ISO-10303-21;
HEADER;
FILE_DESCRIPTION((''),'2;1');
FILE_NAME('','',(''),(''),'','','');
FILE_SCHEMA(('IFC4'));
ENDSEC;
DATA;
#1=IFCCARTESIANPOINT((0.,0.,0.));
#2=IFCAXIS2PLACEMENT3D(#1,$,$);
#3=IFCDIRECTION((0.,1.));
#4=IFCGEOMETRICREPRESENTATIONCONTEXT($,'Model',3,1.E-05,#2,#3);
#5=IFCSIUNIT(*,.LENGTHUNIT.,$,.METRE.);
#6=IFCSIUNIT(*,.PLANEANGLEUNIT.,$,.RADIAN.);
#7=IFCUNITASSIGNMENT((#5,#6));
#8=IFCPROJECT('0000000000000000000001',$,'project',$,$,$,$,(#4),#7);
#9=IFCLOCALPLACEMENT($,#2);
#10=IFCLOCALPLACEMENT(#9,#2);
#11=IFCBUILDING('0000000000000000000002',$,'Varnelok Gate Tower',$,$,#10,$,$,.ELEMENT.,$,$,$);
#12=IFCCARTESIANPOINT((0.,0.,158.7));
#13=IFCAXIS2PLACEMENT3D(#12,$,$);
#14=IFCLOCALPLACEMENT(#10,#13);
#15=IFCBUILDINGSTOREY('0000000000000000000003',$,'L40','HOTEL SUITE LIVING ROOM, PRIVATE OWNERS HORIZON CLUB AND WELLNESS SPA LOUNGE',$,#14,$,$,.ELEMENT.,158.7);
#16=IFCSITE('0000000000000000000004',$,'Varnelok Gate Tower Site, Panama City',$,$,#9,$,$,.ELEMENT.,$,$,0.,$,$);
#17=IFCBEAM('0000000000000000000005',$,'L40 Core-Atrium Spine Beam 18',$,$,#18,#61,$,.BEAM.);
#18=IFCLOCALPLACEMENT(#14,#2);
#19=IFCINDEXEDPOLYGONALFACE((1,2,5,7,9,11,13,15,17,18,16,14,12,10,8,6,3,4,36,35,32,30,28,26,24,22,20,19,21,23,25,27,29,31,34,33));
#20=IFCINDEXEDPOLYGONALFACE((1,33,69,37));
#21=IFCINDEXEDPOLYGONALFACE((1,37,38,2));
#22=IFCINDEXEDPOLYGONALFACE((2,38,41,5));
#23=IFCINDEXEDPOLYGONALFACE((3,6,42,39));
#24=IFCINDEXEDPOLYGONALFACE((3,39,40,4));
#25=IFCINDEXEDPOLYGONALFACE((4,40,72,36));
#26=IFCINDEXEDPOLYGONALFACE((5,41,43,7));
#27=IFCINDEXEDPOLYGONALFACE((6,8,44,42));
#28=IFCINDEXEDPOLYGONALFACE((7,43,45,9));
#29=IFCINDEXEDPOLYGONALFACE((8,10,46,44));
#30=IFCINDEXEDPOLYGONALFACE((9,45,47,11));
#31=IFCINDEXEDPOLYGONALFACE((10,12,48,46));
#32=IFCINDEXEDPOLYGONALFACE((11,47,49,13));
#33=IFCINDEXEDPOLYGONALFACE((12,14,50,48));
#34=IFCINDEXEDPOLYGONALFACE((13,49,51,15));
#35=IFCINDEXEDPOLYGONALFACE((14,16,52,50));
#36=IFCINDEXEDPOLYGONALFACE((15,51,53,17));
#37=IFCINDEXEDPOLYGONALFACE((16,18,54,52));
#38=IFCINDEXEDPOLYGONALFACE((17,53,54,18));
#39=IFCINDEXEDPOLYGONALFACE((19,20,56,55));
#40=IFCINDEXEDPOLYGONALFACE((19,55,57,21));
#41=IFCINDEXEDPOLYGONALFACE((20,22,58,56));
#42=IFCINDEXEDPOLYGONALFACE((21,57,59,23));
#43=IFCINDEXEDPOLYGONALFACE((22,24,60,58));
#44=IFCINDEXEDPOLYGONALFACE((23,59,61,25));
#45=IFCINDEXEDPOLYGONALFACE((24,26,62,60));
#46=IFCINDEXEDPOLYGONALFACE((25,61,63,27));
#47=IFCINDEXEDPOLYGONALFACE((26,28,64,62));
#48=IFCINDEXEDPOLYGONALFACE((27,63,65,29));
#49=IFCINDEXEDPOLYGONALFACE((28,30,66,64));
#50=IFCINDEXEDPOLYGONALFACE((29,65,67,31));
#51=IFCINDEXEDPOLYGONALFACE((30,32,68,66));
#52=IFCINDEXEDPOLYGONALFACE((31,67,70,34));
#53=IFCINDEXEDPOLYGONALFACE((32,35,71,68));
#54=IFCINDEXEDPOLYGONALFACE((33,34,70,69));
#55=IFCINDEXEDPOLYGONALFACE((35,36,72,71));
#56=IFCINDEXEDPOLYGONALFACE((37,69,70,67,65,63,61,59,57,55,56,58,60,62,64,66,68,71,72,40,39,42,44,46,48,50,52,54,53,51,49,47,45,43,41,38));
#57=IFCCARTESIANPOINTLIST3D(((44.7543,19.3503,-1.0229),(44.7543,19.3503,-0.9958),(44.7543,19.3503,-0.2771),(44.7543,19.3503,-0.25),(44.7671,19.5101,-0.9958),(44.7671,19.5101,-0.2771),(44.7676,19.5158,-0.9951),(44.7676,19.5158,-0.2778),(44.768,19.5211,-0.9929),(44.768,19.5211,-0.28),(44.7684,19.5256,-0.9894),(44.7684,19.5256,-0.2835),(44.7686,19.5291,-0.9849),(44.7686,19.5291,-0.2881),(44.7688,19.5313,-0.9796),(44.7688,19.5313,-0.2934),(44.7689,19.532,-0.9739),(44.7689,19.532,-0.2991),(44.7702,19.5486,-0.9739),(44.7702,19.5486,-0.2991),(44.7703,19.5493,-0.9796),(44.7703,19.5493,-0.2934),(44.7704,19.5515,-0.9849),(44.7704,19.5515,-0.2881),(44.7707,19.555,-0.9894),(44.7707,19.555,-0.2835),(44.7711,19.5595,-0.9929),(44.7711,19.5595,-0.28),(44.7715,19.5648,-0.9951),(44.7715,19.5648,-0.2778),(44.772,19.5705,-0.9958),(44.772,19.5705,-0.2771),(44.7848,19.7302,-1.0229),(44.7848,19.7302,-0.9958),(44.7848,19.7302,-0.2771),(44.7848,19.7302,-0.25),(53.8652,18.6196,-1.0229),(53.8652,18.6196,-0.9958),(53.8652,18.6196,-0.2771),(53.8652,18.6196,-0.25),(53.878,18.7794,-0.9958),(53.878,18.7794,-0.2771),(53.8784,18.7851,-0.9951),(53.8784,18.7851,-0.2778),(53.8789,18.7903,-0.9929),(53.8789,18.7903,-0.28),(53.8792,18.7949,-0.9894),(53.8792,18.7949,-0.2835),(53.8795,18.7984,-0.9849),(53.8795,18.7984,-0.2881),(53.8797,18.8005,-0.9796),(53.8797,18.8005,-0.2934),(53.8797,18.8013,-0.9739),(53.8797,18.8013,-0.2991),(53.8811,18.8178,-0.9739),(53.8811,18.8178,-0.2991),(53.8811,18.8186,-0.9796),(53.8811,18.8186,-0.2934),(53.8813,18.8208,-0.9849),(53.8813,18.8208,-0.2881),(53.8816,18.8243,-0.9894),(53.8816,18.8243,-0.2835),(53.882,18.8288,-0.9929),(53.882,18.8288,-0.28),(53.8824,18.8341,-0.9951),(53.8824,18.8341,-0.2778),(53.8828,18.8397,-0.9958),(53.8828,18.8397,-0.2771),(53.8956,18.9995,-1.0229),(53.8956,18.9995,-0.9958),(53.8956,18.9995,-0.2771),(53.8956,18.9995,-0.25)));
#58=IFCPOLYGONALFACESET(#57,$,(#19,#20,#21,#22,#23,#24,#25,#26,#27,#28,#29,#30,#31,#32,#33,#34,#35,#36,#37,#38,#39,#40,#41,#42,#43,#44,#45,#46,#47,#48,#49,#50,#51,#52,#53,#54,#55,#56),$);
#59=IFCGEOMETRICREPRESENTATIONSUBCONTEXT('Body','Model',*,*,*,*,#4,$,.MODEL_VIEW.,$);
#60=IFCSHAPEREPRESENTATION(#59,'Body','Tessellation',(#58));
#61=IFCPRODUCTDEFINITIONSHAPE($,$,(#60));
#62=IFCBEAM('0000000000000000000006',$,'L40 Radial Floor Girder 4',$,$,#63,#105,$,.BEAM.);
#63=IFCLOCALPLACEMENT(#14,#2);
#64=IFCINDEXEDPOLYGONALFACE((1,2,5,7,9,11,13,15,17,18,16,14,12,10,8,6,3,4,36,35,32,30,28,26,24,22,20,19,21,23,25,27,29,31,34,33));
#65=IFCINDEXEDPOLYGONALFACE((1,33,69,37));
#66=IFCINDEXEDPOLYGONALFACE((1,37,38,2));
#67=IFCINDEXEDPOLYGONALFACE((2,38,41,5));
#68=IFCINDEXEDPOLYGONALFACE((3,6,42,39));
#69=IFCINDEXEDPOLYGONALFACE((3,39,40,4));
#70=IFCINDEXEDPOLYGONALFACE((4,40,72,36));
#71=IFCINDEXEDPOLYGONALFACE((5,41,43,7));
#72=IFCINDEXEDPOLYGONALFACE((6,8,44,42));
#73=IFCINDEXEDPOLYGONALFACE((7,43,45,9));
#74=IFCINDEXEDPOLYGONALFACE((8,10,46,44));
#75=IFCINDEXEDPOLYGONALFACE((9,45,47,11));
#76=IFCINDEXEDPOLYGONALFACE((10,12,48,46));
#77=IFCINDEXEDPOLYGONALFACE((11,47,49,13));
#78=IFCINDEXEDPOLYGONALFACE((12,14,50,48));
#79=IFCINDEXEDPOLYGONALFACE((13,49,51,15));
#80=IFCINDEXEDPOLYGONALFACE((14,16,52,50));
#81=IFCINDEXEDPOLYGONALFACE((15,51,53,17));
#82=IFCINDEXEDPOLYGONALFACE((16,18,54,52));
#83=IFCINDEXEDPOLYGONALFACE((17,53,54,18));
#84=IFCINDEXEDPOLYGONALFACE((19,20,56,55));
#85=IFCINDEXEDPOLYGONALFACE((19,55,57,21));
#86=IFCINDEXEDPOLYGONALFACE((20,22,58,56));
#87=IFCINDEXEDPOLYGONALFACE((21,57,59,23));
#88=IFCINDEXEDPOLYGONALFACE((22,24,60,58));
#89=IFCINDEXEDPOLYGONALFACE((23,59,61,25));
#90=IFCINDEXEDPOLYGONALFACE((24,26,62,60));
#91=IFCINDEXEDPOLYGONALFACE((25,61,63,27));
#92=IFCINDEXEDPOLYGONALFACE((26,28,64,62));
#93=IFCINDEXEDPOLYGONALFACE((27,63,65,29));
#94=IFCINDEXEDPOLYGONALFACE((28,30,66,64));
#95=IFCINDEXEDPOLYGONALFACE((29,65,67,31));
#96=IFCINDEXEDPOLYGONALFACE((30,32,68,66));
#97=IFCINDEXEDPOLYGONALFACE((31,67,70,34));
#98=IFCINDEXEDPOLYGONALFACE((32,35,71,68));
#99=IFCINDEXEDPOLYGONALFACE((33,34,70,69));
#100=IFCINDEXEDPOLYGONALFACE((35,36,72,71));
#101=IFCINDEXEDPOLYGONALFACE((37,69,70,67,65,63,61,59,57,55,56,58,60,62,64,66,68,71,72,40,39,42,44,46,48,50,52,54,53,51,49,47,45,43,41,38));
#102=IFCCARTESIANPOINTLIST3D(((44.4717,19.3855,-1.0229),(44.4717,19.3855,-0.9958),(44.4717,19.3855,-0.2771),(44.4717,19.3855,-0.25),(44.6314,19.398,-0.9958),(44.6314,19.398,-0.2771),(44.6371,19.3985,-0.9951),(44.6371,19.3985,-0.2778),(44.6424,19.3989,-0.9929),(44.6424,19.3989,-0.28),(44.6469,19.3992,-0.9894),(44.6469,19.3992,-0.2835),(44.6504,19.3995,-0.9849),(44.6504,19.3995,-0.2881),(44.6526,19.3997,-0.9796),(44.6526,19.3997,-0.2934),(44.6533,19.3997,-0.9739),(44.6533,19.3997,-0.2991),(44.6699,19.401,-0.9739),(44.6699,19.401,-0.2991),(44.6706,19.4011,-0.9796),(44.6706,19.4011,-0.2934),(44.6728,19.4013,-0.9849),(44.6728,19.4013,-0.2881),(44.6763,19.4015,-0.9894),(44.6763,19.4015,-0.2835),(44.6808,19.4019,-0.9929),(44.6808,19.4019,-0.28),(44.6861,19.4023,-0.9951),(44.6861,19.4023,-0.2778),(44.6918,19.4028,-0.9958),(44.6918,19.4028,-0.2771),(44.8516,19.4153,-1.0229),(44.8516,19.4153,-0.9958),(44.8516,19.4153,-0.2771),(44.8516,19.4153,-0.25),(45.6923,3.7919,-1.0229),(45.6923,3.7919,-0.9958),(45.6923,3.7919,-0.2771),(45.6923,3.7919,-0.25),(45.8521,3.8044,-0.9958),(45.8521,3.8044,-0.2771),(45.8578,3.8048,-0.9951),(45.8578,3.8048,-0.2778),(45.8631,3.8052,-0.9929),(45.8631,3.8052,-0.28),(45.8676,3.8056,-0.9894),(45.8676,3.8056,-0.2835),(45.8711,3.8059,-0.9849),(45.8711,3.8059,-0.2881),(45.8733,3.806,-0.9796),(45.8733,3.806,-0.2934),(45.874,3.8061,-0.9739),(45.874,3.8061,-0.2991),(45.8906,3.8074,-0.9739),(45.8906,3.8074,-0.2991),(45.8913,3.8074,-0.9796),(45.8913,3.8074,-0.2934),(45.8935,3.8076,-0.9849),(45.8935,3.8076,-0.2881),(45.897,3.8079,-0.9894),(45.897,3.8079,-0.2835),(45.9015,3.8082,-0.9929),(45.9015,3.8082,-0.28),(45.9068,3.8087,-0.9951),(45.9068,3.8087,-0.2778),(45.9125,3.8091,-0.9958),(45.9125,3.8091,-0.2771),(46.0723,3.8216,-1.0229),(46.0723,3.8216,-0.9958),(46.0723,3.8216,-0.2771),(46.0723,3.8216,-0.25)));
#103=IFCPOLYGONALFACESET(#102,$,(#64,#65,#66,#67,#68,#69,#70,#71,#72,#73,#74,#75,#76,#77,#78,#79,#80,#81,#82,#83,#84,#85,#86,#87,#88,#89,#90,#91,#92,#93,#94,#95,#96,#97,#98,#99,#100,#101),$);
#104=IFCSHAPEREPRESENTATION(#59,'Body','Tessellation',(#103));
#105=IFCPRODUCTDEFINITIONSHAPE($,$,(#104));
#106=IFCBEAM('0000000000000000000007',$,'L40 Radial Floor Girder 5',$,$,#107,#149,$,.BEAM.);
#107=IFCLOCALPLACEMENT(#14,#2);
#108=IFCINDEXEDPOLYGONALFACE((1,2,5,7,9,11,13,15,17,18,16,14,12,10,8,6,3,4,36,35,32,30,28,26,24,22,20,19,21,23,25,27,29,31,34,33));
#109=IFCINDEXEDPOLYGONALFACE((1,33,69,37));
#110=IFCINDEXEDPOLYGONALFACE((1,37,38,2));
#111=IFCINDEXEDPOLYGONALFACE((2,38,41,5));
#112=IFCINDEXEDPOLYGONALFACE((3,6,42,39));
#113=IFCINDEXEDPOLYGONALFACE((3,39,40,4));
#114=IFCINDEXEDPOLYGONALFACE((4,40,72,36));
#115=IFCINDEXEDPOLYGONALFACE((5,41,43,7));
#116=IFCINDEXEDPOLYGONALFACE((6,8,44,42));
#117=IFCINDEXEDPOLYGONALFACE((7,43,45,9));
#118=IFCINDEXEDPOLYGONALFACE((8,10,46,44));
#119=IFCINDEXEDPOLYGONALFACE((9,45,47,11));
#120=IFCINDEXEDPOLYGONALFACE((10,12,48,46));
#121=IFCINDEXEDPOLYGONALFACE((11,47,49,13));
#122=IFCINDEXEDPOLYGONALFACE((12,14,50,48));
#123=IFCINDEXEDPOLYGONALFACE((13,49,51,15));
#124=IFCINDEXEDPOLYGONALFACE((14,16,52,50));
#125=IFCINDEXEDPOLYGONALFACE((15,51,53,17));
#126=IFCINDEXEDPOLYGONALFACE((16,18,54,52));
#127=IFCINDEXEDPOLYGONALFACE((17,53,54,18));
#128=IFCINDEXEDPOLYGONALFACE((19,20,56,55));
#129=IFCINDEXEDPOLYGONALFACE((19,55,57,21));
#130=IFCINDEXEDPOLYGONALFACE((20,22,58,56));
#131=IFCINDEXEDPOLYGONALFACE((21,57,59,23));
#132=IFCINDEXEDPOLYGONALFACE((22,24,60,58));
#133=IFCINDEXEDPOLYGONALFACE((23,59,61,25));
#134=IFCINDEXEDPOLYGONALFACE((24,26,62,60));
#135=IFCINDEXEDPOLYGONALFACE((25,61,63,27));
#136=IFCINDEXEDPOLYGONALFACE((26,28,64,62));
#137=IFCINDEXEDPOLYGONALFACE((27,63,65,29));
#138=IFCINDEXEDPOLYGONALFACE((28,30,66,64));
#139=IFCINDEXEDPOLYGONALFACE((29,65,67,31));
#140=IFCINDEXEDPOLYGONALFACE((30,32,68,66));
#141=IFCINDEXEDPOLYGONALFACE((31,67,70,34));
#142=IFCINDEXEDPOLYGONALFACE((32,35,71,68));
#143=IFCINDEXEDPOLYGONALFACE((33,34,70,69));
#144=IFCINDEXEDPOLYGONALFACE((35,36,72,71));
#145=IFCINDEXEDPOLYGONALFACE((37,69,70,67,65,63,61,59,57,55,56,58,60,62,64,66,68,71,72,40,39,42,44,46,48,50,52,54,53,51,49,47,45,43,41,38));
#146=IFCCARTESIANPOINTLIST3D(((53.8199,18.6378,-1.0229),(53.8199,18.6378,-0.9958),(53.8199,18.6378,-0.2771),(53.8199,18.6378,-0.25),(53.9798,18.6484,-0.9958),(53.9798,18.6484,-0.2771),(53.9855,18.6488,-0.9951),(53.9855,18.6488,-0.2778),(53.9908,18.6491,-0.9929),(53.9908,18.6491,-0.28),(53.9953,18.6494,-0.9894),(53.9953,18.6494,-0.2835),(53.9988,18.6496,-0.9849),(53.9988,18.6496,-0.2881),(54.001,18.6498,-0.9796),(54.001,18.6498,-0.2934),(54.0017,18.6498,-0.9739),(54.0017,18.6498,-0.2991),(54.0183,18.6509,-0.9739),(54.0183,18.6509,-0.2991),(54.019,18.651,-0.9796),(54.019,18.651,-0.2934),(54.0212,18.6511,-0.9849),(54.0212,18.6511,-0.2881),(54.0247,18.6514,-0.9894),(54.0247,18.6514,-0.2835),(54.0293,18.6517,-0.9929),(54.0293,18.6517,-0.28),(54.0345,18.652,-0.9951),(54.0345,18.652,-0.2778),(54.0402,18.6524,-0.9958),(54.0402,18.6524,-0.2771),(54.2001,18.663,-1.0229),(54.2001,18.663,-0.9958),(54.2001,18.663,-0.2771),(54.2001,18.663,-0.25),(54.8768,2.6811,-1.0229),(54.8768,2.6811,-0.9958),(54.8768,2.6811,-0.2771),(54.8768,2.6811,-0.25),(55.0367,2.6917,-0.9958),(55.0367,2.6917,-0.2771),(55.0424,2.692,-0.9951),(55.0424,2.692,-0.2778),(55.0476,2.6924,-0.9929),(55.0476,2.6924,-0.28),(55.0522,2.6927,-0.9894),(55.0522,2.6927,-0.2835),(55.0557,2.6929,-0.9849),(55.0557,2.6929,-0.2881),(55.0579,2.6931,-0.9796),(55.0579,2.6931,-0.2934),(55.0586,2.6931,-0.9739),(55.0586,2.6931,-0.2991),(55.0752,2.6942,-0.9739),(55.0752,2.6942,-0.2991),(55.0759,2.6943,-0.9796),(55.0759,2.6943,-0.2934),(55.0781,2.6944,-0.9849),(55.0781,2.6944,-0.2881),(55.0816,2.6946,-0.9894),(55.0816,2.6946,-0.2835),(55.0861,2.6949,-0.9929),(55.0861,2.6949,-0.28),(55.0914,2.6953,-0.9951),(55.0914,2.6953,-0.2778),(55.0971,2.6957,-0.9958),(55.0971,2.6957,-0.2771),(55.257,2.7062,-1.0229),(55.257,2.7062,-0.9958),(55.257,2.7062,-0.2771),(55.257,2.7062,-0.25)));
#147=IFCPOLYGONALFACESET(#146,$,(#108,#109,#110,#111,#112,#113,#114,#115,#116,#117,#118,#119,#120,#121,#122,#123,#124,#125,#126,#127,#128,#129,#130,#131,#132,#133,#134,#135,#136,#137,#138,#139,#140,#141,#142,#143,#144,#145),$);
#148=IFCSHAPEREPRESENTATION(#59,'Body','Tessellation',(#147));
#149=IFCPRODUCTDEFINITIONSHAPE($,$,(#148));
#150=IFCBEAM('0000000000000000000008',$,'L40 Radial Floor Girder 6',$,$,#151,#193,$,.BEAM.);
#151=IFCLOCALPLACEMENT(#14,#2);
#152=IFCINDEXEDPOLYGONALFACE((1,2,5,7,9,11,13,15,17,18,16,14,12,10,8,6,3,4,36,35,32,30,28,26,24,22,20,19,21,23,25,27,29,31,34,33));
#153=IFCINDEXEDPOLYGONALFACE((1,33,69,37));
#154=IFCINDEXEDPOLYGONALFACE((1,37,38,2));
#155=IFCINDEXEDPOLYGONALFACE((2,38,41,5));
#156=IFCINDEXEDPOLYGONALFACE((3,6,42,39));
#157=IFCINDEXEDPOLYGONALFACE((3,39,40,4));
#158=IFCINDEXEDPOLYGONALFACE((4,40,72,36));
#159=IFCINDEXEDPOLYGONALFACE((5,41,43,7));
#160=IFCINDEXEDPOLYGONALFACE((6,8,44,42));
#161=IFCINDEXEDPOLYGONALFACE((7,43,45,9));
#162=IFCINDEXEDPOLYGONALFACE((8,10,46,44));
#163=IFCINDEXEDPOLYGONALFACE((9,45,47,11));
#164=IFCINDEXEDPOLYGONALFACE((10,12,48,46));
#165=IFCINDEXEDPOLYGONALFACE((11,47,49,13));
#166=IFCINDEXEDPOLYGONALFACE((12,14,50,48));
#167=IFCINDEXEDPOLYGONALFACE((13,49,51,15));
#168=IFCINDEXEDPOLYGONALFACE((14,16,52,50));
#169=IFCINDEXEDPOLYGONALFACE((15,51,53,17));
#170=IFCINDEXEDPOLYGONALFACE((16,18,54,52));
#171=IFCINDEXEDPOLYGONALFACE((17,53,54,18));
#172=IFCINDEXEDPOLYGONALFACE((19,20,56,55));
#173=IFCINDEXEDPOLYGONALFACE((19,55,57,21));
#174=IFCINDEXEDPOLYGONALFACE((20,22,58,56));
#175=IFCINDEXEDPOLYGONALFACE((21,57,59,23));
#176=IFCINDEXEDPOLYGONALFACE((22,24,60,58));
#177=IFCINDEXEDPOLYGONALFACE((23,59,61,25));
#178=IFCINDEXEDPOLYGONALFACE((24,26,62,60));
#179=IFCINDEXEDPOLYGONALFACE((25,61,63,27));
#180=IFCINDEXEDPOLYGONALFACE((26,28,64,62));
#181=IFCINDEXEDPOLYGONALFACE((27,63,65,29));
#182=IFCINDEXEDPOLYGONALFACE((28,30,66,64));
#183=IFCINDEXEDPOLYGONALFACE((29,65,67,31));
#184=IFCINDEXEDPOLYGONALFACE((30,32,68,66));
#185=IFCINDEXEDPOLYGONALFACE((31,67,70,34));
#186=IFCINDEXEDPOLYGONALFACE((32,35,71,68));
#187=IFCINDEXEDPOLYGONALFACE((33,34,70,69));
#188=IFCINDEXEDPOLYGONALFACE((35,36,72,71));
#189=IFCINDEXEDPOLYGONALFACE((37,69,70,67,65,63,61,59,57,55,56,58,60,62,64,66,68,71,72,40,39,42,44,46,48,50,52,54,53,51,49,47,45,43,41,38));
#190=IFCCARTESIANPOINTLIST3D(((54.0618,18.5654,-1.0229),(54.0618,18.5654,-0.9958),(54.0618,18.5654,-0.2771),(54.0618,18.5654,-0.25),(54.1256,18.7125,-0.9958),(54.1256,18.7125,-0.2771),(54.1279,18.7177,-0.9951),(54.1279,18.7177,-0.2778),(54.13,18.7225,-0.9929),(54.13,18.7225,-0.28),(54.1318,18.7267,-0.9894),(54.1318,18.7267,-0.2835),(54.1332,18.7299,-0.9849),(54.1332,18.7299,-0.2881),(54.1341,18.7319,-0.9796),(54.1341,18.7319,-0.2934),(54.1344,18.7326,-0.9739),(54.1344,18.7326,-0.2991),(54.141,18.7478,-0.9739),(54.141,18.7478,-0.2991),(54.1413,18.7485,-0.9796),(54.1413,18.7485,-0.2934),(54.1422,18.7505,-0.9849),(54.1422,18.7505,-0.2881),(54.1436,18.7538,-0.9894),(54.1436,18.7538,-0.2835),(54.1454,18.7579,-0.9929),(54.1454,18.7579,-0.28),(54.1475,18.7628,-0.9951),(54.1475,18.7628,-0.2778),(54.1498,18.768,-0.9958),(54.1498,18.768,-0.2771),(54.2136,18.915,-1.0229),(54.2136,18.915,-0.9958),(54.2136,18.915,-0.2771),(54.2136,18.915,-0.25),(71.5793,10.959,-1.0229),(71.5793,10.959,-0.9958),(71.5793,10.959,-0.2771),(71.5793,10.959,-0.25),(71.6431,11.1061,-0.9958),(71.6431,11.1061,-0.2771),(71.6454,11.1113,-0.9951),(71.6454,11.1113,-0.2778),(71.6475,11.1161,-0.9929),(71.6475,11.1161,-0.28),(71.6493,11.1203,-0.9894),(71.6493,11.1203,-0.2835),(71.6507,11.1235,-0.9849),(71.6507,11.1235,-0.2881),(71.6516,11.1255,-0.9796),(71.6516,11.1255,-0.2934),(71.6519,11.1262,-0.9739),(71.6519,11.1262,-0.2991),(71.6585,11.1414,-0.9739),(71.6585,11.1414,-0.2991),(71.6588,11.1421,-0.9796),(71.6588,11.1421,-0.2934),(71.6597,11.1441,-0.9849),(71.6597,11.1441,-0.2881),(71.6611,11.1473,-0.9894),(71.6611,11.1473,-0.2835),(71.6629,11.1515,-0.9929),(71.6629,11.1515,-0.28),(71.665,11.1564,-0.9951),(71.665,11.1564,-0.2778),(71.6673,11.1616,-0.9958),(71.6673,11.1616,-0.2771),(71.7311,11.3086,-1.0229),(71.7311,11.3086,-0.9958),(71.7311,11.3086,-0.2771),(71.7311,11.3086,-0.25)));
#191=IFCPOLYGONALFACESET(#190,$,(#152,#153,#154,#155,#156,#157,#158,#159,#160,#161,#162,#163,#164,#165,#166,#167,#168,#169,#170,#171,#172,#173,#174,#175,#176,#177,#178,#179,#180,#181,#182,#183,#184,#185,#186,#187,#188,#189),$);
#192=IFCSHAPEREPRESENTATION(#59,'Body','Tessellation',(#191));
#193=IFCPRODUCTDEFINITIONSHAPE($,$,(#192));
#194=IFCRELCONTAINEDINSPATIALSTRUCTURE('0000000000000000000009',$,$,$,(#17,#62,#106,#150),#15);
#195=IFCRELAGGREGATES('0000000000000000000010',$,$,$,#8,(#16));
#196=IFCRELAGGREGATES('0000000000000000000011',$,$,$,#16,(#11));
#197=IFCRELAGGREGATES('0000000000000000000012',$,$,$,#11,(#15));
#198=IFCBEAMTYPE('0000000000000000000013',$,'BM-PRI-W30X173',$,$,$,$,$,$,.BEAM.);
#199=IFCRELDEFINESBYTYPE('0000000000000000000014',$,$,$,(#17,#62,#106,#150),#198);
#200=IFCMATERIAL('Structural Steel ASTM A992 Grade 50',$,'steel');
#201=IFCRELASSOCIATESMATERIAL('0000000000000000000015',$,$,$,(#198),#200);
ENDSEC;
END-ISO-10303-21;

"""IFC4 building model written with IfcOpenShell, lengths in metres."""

from ifc_helpers import new_model, si_unit, direction, frame, origin, origin_2d, place, context, subcontext, project, spatial, i_section, extrude, material, material_profile, profile_set, type_object, element, save


model = new_model("IFC4")

# Units and contexts
model_context = context("Model", 3, precision=1e-05, world=origin(), true_north=direction((0.0, 1.0)))
body_context = subcontext(model_context, "Body", "Model", "MODEL_VIEW")
ifc_project = project(units=[si_unit("LENGTHUNIT", "METRE"), si_unit("PLANEANGLEUNIT", "RADIAN")], contexts=[model_context])

# Site, building, storey
site_placement = place(None, origin())
site = spatial("IfcSite", under=ifc_project, at=site_placement, Name="Varnelok Gate Tower Site, Panama City", CompositionType="ELEMENT", RefElevation=0.0)
building_placement = place(site_placement, origin())
building = spatial("IfcBuilding", under=site, at=building_placement, Name="Varnelok Gate Tower", CompositionType="ELEMENT")
storey_placement = place(building_placement, frame((0.0, 0.0, 158.7)))
storey = spatial("IfcBuildingStorey", under=building, at=storey_placement, Name="L40", Description="HOTEL SUITE LIVING ROOM, PRIVATE OWNERS HORIZON CLUB AND WELLNESS SPA LOUNGE", CompositionType="ELEMENT", Elevation=158.7)

# Shared definitions
ifc_material_1 = material(Name="Structural Steel ASTM A992 Grade 50", Category="steel")

# Beams
ifc_material_profile_1 = material_profile(ifc_material_1, i_section(OverallWidth=0.3811, OverallDepth=0.7729, WebThickness=0.0166, FlangeThickness=0.0271, FilletRadius=0.022, at=origin_2d()), Name="W30X173")
ifc_profile_set_1 = profile_set([ifc_material_profile_1], Name="Structural Steel ASTM A992 Grade 50")
beam_type_1 = type_object("IfcBeamType", Name="BM-PRI-W30X173", PredefinedType="BEAM", material=ifc_profile_set_1)
beam_1_placement = place(storey_placement, frame((44.7695, 19.5403, -0.6365), z_axis=(0.996799, -0.079946, 0.0), x_axis=(0.079946, 0.996799, 0.0)))
element("IfcBeam", 1, at=beam_1_placement, inside=storey, type_object=beam_type_1, Name="L40 Core-Atrium Spine Beam 18", PredefinedType="BEAM", context=body_context, shape_type="SweptSolid", body=[
    extrude(i_section(OverallWidth=0.3811, OverallDepth=0.7729, WebThickness=0.0166, FlangeThickness=0.0271, FilletRadius=0.022, at=origin_2d()), origin(), (0.0, 0.0, 1.0), 9.1401),
])
beam_2_placement = place(storey_placement, frame((44.6616, 19.4004, -0.6365), z_axis=(0.078043, -0.99695, 0.0), x_axis=(0.99695, 0.078043, 0.0)))
element("IfcBeam", 2, at=beam_2_placement, inside=storey, type_object=beam_type_1, Name="L40 Radial Floor Girder 4", PredefinedType="BEAM", context=body_context, shape_type="SweptSolid", body=[
    extrude(i_section(OverallWidth=0.3811, OverallDepth=0.7729, WebThickness=0.0166, FlangeThickness=0.0271, FilletRadius=0.022, at=origin_2d()), origin(), (0.0, 0.0, 1.0), 15.6414),
])
beam_3_placement = place(storey_placement, frame((54.01, 18.6504, -0.6365), z_axis=(0.066089, -0.997814, 0.0), x_axis=(0.997814, 0.066089, 0.0)))
element("IfcBeam", 3, at=beam_3_placement, inside=storey, type_object=beam_type_1, Name="L40 Radial Floor Girder 5", PredefinedType="BEAM", context=body_context, shape_type="SweptSolid", body=[
    extrude(i_section(OverallWidth=0.3811, OverallDepth=0.7729, WebThickness=0.0166, FlangeThickness=0.0271, FilletRadius=0.022, at=origin_2d()), origin(), (0.0, 0.0, 1.0), 15.9917),
])
beam_4_placement = place(storey_placement, frame((54.1377, 18.7402, -0.6365), z_axis=(0.917259, -0.39829, 0.0), x_axis=(0.39829, 0.917259, 0.0)))
element("IfcBeam", 4, at=beam_4_placement, inside=storey, type_object=beam_type_1, Name="L40 Radial Floor Girder 6", PredefinedType="BEAM", context=body_context, shape_type="SweptSolid", body=[
    extrude(i_section(OverallWidth=0.3811, OverallDepth=0.7729, WebThickness=0.0166, FlangeThickness=0.0271, FilletRadius=0.022, at=origin_2d()), origin(), (0.0, 0.0, 1.0), 19.0977),
])

save(model, "model.ifc")
